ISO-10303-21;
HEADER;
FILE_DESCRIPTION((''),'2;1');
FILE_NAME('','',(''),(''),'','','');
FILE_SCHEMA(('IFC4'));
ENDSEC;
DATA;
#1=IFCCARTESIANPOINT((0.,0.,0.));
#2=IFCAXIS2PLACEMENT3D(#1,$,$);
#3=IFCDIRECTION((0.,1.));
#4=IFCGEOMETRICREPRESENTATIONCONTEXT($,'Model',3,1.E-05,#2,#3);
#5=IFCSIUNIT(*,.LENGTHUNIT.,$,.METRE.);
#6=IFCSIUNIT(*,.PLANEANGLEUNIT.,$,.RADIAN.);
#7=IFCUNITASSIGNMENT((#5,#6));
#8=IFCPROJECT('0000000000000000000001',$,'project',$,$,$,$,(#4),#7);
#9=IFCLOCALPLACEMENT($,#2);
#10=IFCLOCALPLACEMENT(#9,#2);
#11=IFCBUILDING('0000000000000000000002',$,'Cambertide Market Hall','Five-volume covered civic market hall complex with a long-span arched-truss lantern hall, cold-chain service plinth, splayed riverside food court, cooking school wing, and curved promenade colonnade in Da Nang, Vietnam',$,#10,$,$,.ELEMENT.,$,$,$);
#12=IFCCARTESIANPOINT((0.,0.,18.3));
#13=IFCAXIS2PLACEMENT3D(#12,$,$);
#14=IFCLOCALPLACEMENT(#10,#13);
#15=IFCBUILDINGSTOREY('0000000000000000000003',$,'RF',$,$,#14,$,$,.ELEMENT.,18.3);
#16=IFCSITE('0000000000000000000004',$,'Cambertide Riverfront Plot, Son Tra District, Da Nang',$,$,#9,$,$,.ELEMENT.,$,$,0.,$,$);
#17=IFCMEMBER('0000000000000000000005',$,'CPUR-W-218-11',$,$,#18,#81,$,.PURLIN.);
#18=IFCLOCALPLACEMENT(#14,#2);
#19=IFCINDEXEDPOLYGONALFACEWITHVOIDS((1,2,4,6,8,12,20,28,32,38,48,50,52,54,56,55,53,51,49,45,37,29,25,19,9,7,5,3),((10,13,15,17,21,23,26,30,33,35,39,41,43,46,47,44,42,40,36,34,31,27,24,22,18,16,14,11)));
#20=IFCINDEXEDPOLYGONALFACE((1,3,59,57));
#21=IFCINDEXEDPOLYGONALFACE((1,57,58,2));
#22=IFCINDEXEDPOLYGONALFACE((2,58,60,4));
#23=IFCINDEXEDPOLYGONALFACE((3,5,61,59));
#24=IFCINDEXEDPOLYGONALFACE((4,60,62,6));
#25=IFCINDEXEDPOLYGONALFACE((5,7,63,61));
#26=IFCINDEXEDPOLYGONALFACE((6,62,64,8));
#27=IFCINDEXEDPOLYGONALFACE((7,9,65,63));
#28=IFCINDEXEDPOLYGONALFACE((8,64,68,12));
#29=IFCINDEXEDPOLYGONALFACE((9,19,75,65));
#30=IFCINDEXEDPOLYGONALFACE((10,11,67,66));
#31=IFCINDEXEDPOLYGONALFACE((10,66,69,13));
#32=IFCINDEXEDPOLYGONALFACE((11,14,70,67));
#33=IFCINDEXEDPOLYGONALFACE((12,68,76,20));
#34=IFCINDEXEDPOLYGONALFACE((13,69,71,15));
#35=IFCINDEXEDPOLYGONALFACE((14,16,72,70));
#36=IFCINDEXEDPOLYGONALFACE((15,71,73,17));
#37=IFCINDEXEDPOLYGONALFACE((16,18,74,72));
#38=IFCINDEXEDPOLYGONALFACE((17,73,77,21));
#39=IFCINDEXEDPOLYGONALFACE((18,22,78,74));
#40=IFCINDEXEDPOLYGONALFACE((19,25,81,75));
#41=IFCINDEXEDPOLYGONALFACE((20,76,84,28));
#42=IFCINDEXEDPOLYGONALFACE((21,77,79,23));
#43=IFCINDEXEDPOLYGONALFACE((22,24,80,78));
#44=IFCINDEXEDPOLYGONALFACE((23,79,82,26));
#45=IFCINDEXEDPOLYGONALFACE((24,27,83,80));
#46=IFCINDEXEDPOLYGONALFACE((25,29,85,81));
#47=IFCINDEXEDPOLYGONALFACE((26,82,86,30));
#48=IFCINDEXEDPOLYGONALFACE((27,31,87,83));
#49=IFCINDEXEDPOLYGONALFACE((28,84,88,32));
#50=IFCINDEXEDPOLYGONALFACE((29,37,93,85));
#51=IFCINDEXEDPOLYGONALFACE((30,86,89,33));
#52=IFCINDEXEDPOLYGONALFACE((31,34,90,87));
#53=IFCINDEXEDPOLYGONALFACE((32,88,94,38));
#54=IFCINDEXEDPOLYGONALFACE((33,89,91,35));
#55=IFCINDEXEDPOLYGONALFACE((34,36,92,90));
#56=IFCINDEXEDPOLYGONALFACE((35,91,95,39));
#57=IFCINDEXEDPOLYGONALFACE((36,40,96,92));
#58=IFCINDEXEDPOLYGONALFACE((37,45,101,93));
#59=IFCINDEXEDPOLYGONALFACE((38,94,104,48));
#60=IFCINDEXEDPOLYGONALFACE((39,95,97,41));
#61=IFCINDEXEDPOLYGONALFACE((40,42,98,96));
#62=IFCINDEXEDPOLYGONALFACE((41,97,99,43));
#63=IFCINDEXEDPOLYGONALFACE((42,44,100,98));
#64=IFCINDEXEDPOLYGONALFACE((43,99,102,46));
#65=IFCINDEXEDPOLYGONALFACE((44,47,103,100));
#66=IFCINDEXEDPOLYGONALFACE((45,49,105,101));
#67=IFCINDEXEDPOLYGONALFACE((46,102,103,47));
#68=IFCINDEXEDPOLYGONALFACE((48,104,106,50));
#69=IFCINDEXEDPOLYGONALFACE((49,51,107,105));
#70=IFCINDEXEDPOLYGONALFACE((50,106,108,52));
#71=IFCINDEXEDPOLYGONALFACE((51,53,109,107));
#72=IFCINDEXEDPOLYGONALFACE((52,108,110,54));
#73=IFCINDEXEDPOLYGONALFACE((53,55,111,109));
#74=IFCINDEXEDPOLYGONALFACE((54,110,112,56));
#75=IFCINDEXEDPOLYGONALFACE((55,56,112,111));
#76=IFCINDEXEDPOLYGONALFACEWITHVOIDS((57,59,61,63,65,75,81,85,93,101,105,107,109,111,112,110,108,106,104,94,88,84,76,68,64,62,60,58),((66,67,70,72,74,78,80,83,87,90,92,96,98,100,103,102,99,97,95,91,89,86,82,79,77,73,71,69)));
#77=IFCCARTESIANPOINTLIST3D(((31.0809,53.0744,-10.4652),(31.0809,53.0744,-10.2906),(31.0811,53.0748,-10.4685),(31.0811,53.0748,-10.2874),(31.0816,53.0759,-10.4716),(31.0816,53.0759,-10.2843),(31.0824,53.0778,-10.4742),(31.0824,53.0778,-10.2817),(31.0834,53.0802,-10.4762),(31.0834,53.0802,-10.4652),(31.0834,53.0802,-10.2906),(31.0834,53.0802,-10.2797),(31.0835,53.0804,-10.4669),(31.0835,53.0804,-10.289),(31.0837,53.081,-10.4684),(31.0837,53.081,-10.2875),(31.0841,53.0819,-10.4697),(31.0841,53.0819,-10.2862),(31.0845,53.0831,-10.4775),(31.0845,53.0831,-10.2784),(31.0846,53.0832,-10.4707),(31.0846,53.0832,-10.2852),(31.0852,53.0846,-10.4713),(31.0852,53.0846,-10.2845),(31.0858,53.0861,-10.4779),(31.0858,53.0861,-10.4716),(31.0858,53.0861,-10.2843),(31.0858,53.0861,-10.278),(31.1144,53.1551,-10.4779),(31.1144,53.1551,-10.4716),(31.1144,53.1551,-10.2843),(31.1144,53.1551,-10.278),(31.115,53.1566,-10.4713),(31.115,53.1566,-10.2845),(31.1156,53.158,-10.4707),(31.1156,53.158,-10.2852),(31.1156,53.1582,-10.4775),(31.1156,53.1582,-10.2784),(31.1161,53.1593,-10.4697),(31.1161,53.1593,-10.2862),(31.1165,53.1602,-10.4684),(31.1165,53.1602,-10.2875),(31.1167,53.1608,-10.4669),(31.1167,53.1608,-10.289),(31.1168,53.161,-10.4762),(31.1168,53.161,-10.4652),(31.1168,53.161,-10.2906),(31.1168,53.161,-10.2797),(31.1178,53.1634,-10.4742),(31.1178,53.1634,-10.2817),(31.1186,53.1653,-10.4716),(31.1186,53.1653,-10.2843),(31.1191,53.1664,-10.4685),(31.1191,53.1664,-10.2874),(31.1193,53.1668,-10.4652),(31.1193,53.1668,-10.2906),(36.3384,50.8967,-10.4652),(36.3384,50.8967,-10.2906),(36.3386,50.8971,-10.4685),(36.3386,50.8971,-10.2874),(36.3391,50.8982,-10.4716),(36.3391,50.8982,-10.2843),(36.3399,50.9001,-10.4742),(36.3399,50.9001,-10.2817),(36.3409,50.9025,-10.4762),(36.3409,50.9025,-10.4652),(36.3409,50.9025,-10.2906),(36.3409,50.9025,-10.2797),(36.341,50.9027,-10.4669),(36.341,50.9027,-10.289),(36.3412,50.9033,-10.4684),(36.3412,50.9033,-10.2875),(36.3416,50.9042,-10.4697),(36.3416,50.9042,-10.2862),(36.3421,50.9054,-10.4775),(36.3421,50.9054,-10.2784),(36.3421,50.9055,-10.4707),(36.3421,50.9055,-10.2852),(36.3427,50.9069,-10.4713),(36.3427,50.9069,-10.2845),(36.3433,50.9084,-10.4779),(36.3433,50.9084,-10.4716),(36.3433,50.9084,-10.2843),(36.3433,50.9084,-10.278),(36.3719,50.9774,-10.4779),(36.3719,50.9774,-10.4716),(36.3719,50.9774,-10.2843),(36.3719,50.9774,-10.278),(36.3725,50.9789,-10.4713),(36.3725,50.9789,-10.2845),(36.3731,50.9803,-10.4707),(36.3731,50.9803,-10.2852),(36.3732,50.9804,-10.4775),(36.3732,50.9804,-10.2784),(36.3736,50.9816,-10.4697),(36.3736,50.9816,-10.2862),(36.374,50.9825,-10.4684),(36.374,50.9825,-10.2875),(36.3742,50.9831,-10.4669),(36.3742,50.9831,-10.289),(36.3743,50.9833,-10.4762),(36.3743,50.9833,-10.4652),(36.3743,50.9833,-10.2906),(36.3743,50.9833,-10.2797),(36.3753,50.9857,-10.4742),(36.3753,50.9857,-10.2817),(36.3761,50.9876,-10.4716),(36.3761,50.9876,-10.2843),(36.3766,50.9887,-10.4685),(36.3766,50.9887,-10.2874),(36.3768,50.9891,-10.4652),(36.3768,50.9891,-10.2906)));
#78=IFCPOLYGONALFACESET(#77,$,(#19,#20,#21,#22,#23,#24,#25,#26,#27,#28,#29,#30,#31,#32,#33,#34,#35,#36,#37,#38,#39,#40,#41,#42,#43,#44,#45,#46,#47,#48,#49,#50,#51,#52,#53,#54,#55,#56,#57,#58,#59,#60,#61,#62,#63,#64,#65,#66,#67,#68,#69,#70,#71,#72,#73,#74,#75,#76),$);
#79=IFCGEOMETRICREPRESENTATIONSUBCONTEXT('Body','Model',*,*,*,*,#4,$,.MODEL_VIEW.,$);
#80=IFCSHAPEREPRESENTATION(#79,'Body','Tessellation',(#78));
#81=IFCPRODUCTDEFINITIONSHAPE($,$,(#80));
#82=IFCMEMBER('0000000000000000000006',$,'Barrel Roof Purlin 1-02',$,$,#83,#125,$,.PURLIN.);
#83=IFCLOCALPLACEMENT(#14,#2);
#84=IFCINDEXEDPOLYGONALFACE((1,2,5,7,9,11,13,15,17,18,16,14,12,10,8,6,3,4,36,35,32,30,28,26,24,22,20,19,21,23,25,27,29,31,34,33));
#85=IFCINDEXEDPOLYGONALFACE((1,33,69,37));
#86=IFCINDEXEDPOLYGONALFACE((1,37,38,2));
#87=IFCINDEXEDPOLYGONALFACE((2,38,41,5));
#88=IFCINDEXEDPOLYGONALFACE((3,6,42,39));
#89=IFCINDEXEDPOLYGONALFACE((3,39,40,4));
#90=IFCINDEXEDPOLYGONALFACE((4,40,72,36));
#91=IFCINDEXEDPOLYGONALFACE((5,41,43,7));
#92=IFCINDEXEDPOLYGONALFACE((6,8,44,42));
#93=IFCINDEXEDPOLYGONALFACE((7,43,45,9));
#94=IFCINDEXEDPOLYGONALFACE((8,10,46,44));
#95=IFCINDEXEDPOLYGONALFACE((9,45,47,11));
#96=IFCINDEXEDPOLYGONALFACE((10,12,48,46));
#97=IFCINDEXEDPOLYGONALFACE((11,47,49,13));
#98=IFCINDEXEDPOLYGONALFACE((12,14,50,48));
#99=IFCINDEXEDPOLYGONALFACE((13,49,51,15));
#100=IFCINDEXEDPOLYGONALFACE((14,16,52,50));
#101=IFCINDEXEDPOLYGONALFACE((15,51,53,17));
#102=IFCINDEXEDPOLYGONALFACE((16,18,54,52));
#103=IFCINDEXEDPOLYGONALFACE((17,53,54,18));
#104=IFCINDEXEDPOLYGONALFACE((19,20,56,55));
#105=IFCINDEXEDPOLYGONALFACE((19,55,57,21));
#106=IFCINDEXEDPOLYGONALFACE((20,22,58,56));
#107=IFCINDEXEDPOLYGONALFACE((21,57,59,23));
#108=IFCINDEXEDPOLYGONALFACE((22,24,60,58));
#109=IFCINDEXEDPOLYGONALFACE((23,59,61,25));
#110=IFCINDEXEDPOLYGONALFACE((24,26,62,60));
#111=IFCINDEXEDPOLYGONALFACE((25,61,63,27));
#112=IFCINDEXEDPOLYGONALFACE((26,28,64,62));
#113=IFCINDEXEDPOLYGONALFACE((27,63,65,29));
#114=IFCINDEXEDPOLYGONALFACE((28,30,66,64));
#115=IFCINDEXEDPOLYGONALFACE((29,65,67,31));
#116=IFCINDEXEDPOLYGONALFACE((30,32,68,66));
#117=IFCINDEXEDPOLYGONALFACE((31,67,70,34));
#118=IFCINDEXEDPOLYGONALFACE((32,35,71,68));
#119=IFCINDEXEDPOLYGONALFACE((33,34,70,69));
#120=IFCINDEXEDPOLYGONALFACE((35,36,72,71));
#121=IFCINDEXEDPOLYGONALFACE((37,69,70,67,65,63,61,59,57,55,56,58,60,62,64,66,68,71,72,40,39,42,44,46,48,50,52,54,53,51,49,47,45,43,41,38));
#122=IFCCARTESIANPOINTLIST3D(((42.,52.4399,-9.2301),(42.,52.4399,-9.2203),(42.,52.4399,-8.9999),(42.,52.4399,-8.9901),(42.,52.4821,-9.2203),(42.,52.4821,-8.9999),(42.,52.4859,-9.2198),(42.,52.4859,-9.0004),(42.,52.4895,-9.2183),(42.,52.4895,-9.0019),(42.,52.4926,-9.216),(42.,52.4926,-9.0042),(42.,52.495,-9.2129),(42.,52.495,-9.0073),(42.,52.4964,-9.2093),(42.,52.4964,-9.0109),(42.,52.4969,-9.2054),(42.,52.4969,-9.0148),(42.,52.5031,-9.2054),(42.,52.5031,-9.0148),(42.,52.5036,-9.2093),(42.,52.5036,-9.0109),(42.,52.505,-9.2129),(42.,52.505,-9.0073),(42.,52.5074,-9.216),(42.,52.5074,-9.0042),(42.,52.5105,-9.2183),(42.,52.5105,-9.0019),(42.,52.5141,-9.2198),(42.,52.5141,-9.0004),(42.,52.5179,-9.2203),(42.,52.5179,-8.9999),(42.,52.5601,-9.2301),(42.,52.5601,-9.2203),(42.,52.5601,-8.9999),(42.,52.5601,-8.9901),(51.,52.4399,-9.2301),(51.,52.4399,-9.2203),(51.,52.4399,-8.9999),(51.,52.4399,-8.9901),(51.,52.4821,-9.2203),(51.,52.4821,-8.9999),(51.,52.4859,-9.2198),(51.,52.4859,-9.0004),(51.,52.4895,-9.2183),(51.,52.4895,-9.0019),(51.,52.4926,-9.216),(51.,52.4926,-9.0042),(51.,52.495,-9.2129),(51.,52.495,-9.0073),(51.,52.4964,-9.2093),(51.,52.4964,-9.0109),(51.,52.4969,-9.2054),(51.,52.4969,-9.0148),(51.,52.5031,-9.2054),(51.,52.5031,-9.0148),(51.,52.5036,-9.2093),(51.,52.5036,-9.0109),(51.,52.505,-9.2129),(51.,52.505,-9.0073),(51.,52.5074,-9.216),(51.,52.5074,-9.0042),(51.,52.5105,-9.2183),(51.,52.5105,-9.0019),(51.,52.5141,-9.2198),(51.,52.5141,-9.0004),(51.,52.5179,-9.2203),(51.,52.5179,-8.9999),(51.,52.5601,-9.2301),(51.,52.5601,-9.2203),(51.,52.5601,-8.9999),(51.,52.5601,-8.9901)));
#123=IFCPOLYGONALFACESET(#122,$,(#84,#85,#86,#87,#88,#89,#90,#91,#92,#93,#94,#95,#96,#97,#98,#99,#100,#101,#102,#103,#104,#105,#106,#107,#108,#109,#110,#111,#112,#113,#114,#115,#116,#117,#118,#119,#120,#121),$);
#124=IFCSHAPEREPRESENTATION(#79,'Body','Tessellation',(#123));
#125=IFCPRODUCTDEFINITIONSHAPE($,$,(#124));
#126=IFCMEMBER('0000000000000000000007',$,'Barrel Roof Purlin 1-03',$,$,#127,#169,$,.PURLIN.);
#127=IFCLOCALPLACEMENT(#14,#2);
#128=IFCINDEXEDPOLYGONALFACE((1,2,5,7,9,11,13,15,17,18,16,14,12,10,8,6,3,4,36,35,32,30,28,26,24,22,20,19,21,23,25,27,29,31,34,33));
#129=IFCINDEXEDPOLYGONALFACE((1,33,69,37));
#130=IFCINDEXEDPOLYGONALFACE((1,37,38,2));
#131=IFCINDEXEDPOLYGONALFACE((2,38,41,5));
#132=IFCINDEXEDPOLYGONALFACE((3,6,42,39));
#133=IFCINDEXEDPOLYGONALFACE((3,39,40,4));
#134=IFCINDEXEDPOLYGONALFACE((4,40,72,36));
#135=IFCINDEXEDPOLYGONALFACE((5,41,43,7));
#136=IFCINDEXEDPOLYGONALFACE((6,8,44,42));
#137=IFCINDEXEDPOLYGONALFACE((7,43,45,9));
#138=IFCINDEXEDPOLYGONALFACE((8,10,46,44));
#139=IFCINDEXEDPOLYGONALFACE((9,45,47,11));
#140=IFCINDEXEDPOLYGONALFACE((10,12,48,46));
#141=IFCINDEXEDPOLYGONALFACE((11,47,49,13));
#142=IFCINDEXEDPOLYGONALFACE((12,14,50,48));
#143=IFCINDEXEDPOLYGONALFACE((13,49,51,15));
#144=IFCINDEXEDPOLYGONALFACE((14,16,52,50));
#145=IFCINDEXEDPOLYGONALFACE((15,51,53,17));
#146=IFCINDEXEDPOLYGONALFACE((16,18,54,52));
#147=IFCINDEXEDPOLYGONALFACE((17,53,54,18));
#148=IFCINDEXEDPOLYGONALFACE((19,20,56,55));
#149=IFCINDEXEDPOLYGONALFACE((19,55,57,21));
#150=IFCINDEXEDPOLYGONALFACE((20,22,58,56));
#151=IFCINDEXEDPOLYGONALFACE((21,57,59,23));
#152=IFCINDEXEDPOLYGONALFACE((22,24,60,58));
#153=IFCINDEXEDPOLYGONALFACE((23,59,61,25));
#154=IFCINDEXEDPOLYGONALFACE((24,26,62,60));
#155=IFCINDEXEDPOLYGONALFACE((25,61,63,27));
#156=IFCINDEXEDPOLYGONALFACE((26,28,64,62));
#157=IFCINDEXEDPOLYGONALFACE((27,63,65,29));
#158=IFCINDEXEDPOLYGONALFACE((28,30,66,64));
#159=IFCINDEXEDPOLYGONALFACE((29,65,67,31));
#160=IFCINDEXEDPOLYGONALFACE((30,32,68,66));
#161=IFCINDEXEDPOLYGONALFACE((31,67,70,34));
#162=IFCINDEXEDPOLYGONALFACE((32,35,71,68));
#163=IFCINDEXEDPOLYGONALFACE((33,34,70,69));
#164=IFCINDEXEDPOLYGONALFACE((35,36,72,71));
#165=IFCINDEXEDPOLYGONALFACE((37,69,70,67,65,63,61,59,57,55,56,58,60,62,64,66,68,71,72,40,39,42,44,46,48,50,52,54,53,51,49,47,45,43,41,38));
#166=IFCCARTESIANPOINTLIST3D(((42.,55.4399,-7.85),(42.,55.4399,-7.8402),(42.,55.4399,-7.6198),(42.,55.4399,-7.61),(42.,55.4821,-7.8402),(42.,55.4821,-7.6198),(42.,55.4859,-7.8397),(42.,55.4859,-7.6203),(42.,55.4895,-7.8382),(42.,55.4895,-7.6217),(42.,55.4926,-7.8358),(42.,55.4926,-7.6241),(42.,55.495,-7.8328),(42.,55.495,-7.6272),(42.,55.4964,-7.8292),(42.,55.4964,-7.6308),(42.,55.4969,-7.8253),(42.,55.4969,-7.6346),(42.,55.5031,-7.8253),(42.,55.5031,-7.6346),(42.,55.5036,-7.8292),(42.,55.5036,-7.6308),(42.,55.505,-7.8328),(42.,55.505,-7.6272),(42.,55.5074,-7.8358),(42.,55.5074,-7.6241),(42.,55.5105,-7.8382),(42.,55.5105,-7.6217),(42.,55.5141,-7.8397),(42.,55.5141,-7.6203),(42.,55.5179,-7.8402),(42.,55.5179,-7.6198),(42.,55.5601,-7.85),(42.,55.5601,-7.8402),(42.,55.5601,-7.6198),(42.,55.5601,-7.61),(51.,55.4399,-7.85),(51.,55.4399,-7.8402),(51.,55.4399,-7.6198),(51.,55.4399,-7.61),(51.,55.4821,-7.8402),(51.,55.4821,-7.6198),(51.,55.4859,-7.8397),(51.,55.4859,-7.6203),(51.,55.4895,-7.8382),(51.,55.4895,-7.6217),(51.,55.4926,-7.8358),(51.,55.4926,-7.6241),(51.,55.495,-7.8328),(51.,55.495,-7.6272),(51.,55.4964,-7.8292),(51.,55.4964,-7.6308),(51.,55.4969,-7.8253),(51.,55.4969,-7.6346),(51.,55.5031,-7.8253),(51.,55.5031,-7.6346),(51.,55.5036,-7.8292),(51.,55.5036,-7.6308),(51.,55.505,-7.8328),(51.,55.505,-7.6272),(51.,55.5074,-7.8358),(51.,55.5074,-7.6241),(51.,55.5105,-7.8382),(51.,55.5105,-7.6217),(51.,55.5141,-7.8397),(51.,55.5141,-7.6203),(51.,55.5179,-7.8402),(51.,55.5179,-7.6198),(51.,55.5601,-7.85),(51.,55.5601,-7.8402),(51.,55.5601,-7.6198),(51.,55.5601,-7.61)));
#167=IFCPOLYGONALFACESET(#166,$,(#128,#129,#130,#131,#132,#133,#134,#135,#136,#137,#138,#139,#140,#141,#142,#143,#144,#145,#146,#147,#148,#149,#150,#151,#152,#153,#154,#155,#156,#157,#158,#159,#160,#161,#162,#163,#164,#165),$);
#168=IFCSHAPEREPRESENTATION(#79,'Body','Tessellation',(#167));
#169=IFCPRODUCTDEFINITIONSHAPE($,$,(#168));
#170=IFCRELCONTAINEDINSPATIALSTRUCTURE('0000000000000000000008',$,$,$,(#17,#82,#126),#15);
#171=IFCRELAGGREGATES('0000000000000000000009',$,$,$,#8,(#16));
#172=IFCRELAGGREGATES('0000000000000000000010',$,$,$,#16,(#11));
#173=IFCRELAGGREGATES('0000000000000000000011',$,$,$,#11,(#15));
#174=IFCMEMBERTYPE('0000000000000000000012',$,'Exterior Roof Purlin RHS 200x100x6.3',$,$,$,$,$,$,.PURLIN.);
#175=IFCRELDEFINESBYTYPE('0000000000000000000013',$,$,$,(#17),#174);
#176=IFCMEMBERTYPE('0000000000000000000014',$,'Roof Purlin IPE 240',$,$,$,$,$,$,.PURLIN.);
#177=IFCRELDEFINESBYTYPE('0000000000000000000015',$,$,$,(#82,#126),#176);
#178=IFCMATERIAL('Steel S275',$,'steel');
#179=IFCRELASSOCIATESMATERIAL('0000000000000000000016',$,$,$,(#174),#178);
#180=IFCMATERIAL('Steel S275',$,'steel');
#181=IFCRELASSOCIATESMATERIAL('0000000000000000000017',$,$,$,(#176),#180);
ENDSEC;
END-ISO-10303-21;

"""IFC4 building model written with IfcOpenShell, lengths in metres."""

from ifc_helpers import new_model, si_unit, direction, frame, origin, origin_2d, place, context, subcontext, project, spatial, hollow_rectangle, i_section, extrude, material, material_profile, profile_set, type_object, element, save


model = new_model("IFC4")

# Units and contexts
model_context = context("Model", 3, precision=1e-05, world=origin(), true_north=direction((0.0, 1.0)))
body_context = subcontext(model_context, "Body", "Model", "MODEL_VIEW")
ifc_project = project(units=[si_unit("LENGTHUNIT", "METRE"), si_unit("PLANEANGLEUNIT", "RADIAN")], contexts=[model_context])

# Site, building, storey
site_placement = place(None, origin())
site = spatial("IfcSite", under=ifc_project, at=site_placement, Name="Cambertide Riverfront Plot, Son Tra District, Da Nang", CompositionType="ELEMENT", RefElevation=0.0)
building_placement = place(site_placement, origin())
building = spatial("IfcBuilding", under=site, at=building_placement, Name="Cambertide Market Hall", Description="Five-volume covered civic market hall complex with a long-span arched-truss lantern hall, cold-chain service plinth, splayed riverside food court, cooking school wing, and curved promenade colonnade in Da Nang, Vietnam", CompositionType="ELEMENT")
storey_placement = place(building_placement, frame((0.0, 0.0, 18.3)))
storey = spatial("IfcBuildingStorey", under=building, at=storey_placement, Name="RF", CompositionType="ELEMENT", Elevation=18.3)

# Members
ifc_material_1 = material(Name="Steel S275", Category="steel")
ifc_material_profile_1 = material_profile(ifc_material_1, hollow_rectangle(XDim=0.1001, YDim=0.2, WallThickness=0.0063, InnerFilletRadius=0.0063, OuterFilletRadius=0.0127, at=origin_2d()), Name="RHS 200x100x6.3")
ifc_profile_set_1 = profile_set([ifc_material_profile_1], Name="Steel S275")
member_type_1 = type_object("IfcMemberType", Name="Exterior Roof Purlin RHS 200x100x6.3", PredefinedType="PURLIN", material=ifc_profile_set_1)
member_1_placement = place(storey_placement, frame((31.1001, 53.1206, -10.3779), z_axis=(0.923881, -0.38268, 0.0), x_axis=(0.38268, 0.923881, 0.0)))
element("IfcMember", 1, at=member_1_placement, inside=storey, type_object=member_type_1, Name="CPUR-W-218-11", PredefinedType="PURLIN", context=body_context, shape_type="SweptSolid", body=[
    extrude(hollow_rectangle(XDim=0.1001, YDim=0.2, WallThickness=0.0063, InnerFilletRadius=0.0063, OuterFilletRadius=0.0127, at=origin_2d()), origin(), (0.0, 0.0, 1.0), 5.6907),
])
ifc_material_2 = material(Name="Steel S275", Category="steel")
ifc_material_profile_2 = material_profile(ifc_material_2, i_section(OverallWidth=0.1201, OverallDepth=0.24, WebThickness=0.0061, FlangeThickness=0.0098, FilletRadius=0.0149, at=origin_2d()), Name="IPE 240")
ifc_profile_set_2 = profile_set([ifc_material_profile_2], Name="Steel S275")
member_type_2 = type_object("IfcMemberType", Name="Roof Purlin IPE 240", PredefinedType="PURLIN", material=ifc_profile_set_2)
for number, where, z_axis, x_axis, name in (
    (2, (42.0, 52.5, -9.1101), (1.0, 0.0, 0.0), (0.0, 1.0, 0.0), "Barrel Roof Purlin 1-02"),
    (3, (42.0, 55.5, -7.73), (1.0, 0.0, 0.0), (0.0, 1.0, 0.0), "Barrel Roof Purlin 1-03"),
):
    element("IfcMember", number, at=place(storey_placement, frame(where, z_axis=z_axis, x_axis=x_axis)), inside=storey, type_object=member_type_2, Name=name, PredefinedType="PURLIN", context=body_context, shape_type="SweptSolid", body=[
        extrude(i_section(OverallWidth=0.1201, OverallDepth=0.24, WebThickness=0.0061, FlangeThickness=0.0098, FilletRadius=0.0149, at=origin_2d()), origin(), (0.0, 0.0, 1.0), 9.0),
    ])

save(model, "model.ifc")
